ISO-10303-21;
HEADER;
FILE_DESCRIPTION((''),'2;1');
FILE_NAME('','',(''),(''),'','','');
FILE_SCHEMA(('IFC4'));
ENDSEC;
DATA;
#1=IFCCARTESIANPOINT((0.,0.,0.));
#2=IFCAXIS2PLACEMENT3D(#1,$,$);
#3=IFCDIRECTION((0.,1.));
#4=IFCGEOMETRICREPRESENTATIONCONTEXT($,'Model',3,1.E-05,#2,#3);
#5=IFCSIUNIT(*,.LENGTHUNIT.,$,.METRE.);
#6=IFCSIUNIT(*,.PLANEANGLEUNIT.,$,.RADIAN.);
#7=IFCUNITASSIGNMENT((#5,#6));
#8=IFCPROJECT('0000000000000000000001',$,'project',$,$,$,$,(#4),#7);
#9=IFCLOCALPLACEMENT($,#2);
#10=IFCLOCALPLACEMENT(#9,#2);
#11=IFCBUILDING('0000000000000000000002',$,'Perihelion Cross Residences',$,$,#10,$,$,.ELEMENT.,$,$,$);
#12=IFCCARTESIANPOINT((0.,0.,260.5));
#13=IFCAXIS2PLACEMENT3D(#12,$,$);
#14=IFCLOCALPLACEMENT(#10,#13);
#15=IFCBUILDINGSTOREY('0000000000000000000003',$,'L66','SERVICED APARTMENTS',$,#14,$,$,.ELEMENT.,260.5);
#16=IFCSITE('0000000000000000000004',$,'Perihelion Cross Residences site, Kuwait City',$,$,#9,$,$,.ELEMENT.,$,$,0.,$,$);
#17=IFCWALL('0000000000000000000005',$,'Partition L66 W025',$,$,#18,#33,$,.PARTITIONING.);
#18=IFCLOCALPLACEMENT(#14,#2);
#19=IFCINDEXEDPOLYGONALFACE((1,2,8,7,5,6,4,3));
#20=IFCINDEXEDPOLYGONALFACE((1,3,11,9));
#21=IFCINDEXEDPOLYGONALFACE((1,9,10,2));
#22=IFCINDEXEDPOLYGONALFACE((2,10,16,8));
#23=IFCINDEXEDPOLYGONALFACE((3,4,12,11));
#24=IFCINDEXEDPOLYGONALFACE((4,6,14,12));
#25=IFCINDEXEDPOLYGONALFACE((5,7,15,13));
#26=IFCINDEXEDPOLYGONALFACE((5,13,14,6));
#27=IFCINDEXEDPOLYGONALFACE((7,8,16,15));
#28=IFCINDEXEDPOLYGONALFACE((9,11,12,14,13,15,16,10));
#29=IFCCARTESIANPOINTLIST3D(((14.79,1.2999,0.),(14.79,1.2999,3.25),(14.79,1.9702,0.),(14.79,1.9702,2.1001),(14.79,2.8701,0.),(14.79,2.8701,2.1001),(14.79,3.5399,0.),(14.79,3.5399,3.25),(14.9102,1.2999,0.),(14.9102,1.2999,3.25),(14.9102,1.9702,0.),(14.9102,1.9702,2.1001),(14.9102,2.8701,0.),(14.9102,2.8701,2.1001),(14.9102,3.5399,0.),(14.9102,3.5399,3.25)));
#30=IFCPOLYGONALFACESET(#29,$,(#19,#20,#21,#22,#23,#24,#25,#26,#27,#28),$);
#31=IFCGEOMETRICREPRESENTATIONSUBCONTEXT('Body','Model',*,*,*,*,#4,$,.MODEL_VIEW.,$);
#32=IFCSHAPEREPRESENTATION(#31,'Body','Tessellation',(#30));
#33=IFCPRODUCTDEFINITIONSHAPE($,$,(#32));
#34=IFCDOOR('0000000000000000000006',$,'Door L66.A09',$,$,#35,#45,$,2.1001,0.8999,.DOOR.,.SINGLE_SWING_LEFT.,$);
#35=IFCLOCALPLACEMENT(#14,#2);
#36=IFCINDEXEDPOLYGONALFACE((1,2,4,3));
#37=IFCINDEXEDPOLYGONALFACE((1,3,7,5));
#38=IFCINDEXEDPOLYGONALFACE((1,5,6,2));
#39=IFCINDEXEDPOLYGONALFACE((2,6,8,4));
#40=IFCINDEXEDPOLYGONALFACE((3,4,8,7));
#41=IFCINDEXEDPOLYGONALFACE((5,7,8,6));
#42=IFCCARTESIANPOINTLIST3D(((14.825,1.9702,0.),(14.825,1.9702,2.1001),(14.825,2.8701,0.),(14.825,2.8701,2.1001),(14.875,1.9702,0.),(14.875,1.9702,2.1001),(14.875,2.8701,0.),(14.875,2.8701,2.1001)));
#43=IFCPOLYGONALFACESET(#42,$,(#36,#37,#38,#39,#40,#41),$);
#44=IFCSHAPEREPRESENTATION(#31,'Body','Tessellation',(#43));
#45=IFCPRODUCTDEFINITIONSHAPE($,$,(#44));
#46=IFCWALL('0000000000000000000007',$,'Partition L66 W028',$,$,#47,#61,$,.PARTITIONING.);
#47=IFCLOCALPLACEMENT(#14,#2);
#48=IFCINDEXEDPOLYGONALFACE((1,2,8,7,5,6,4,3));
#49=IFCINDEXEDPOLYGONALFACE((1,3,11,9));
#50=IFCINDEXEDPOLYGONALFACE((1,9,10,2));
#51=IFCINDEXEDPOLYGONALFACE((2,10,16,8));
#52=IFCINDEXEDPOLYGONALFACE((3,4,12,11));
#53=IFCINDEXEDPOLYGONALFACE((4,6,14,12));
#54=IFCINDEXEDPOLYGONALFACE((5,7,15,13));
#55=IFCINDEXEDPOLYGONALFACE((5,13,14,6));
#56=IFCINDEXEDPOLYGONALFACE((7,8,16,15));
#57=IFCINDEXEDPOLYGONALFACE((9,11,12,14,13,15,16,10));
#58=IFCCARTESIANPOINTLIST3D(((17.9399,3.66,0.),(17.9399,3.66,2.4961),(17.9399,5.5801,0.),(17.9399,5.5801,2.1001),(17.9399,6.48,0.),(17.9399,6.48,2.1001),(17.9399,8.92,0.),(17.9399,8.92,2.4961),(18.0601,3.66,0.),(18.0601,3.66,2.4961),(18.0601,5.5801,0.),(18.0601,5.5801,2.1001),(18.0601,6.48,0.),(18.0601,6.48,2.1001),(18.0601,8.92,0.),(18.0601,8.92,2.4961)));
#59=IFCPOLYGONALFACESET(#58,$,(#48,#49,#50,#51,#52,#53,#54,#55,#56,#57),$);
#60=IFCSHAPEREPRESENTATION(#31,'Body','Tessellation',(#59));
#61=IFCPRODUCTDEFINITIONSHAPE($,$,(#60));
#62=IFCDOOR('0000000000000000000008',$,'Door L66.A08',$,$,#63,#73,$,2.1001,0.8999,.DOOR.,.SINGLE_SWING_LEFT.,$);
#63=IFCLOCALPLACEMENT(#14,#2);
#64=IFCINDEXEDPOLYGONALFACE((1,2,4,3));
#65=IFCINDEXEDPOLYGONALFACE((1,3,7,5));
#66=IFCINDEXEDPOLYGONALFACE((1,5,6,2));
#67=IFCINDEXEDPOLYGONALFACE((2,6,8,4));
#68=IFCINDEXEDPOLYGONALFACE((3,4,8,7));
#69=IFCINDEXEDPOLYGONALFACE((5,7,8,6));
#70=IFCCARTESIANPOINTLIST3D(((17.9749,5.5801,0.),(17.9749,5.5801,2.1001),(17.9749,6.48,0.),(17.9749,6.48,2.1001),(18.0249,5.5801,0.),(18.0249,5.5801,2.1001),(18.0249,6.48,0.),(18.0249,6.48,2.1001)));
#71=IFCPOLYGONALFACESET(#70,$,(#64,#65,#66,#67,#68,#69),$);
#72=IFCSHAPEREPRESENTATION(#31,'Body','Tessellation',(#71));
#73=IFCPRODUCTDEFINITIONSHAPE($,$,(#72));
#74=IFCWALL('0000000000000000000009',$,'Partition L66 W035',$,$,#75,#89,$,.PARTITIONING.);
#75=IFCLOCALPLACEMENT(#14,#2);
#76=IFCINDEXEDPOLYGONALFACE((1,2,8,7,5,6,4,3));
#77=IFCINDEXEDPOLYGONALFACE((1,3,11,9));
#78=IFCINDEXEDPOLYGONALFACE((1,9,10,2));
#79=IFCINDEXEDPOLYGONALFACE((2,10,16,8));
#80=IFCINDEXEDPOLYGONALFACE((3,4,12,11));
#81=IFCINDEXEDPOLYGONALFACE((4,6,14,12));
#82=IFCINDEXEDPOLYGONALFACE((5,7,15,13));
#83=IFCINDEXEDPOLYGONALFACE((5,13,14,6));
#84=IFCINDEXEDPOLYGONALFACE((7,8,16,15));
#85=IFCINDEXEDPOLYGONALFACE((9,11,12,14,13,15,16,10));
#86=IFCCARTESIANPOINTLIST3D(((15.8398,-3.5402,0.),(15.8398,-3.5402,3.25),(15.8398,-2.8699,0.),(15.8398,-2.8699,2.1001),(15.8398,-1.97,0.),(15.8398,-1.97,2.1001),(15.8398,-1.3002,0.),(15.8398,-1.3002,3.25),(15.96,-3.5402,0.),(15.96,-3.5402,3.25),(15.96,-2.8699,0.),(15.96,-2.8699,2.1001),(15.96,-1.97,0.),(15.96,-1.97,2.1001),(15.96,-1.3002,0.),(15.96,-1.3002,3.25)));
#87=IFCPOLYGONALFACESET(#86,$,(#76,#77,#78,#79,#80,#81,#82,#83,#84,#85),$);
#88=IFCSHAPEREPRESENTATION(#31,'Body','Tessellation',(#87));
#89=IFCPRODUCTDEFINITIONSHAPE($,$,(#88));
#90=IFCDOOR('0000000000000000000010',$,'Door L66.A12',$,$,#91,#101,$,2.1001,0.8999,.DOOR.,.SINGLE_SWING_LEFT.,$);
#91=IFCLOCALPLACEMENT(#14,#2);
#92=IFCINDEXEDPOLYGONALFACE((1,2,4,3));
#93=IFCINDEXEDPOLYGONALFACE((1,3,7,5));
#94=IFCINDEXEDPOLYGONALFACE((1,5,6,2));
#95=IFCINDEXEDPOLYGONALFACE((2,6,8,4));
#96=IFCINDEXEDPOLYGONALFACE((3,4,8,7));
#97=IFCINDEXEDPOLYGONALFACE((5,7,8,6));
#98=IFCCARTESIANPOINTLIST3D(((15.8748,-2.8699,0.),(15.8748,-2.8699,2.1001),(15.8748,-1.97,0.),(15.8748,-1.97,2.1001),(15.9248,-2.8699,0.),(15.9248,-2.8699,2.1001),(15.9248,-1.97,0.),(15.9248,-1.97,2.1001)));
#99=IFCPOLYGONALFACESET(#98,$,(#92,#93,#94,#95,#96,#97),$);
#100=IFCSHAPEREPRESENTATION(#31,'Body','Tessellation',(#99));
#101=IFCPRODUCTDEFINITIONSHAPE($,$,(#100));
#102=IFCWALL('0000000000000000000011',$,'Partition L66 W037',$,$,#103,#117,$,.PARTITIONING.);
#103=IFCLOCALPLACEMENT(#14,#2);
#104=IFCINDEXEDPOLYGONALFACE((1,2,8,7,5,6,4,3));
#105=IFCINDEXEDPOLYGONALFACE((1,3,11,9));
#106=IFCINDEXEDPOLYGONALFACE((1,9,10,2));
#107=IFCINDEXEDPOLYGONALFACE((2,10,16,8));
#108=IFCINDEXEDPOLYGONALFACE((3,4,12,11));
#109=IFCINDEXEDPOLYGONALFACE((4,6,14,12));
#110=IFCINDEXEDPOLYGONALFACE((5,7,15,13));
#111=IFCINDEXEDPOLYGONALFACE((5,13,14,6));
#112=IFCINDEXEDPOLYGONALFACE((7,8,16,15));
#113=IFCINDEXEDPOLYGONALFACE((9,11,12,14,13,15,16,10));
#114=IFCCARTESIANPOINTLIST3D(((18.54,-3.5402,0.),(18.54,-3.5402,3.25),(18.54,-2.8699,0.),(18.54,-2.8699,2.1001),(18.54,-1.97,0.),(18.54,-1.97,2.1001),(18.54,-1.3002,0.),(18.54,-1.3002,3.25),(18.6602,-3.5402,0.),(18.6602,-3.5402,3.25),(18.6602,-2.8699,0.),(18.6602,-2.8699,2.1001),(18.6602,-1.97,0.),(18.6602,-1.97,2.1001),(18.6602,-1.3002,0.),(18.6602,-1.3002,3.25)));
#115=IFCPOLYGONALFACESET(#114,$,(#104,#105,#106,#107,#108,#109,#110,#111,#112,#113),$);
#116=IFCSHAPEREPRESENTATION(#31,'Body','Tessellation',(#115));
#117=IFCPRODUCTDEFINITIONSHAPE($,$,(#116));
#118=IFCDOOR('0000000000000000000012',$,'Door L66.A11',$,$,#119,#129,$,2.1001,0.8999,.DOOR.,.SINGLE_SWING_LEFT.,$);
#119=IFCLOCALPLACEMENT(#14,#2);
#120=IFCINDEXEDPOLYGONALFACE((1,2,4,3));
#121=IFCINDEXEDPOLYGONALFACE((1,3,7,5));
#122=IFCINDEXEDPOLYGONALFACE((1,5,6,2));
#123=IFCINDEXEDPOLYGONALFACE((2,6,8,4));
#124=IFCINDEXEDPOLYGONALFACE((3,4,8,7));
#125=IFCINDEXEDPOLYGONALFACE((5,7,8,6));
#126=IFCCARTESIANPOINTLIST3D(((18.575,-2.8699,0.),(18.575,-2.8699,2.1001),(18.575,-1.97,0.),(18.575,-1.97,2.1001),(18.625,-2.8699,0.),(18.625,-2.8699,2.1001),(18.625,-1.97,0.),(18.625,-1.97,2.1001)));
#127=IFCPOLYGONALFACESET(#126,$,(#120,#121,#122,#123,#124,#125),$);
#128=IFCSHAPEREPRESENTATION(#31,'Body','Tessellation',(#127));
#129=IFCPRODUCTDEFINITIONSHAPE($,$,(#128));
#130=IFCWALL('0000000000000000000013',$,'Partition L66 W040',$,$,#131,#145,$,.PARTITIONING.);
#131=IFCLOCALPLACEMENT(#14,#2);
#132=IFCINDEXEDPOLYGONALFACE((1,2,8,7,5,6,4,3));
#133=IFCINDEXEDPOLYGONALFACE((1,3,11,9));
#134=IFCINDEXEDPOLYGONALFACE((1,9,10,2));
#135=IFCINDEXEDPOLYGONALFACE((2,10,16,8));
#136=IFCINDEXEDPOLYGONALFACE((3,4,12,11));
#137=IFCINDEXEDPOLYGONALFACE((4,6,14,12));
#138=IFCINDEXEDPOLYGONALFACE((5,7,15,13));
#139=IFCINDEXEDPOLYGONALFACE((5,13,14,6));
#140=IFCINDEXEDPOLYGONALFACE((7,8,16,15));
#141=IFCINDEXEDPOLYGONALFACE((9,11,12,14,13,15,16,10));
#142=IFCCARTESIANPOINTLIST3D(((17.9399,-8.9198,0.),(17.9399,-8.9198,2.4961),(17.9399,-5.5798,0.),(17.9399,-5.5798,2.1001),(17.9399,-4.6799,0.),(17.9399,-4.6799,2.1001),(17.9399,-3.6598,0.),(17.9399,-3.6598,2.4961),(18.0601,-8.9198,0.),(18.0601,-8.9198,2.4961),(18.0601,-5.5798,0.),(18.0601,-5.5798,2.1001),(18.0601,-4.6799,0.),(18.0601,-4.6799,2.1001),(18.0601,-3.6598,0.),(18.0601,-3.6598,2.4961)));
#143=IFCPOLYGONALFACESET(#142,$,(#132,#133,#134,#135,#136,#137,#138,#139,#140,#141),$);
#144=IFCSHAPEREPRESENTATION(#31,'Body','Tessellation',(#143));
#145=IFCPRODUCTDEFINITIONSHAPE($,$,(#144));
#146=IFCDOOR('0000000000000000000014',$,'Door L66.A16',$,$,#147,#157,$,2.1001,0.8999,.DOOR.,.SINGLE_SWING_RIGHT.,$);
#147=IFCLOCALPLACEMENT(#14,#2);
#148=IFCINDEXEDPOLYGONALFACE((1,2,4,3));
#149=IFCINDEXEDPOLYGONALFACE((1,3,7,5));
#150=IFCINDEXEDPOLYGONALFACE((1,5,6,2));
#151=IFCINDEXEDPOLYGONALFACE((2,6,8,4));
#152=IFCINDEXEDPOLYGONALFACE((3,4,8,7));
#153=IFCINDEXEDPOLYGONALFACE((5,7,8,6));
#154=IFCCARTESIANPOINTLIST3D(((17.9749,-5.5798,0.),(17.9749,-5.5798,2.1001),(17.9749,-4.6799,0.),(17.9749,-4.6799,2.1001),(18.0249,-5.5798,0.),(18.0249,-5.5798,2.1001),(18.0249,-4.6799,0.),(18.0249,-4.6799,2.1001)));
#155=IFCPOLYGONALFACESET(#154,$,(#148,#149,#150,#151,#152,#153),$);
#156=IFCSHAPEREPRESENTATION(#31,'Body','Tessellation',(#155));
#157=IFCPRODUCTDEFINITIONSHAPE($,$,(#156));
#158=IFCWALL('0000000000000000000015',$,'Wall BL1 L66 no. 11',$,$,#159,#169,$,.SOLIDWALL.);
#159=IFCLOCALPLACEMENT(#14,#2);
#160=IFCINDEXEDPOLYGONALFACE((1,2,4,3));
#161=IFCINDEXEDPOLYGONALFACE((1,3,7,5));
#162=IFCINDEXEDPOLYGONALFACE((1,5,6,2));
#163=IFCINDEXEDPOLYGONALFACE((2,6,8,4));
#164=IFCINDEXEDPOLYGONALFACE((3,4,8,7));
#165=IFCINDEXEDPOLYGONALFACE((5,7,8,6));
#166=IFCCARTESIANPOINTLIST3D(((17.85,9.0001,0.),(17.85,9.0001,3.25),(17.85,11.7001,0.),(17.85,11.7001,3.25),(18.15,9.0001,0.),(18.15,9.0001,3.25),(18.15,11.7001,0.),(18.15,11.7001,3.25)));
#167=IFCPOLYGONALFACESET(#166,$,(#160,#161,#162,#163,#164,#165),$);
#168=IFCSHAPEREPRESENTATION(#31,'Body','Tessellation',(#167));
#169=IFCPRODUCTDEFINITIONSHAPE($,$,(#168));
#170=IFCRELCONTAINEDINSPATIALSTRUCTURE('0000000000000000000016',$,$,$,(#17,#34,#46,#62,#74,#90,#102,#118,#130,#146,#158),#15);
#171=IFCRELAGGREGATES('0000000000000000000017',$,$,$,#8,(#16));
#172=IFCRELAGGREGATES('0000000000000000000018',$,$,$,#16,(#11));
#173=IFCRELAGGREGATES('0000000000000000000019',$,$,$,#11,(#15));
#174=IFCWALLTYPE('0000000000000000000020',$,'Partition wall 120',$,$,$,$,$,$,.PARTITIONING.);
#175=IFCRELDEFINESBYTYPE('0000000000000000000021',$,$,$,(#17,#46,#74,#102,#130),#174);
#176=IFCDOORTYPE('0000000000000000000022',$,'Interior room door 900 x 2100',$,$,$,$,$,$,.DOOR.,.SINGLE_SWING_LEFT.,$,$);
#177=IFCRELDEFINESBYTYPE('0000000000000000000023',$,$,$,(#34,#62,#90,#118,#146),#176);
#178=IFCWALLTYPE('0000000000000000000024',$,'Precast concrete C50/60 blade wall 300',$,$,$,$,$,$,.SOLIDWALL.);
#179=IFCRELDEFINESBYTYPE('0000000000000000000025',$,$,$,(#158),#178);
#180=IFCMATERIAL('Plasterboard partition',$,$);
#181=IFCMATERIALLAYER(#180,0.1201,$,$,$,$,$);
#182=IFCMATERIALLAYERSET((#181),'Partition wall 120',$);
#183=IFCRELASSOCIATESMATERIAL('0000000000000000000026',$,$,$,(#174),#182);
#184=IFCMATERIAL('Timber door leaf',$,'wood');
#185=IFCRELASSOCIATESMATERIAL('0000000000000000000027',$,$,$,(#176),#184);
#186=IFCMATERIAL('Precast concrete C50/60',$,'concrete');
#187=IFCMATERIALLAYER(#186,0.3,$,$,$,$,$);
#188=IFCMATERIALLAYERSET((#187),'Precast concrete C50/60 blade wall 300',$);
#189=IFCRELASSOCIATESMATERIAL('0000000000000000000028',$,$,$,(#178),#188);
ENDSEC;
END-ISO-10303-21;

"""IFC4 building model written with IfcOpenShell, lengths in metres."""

from ifc_helpers import new_model, si_unit, direction, frame, frame_2d, origin, place, context, subcontext, project, spatial, rectangle, extrude, material, layer, layer_set, type_object, element, fill, save


model = new_model("IFC4")

# Units and contexts
model_context = context("Model", 3, precision=1e-05, world=origin(), true_north=direction((0.0, 1.0)))
body_context = subcontext(model_context, "Body", "Model", "MODEL_VIEW")
ifc_project = project(units=[si_unit("LENGTHUNIT", "METRE"), si_unit("PLANEANGLEUNIT", "RADIAN")], contexts=[model_context])

# Site, building, storey
site_placement = place(None, origin())
site = spatial("IfcSite", under=ifc_project, at=site_placement, Name="Perihelion Cross Residences site, Kuwait City", CompositionType="ELEMENT", RefElevation=0.0)
building_placement = place(site_placement, origin())
building = spatial("IfcBuilding", under=site, at=building_placement, Name="Perihelion Cross Residences", CompositionType="ELEMENT")
storey_placement = place(building_placement, frame((0.0, 0.0, 260.5)))
storey = spatial("IfcBuildingStorey", under=building, at=storey_placement, Name="L66", Description="SERVICED APARTMENTS", CompositionType="ELEMENT", Elevation=260.5)

# Walls, openings, doors
ifc_material_1 = material(Name="Plasterboard partition")
ifc_layer_1 = layer(ifc_material_1, 0.1201)
ifc_layer_set_1 = layer_set([ifc_layer_1], Name="Partition wall 120")
wall_type_1 = type_object("IfcWallType", Name="Partition wall 120", PredefinedType="PARTITIONING", material=ifc_layer_set_1)
wall_1_placement = place(storey_placement, frame((14.8501, 3.54, 0.0), z_axis=(0.0, 0.0, 1.0), x_axis=(0.0, -1.0, 0.0)))
wall_1 = element("IfcWall", 1, at=wall_1_placement, inside=storey, type_object=wall_type_1, Name="Partition L66 W025", PredefinedType="PARTITIONING", context=body_context, shape_type="SweptSolid", body=[
    extrude(rectangle(XDim=2.24, YDim=0.1201, at=frame_2d((1.1201, 0.0))), origin(), (0.0, 0.0, 1.0), 3.25),
])
opening_1_placement = place(wall_1_placement, frame((0.6699, 0.0, 0.0)))
opening_1 = element("IfcOpeningElement", 2, at=opening_1_placement, cuts=wall_1, PredefinedType="OPENING", context=body_context, shape_type="SweptSolid", body=[
    extrude(rectangle(XDim=0.8999, YDim=2.1001, at=frame_2d((0.45, 1.05))), frame((0.0, 0.0701, 0.0), z_axis=(0.0, -1.0, 0.0), x_axis=(1.0, 0.0, 0.0)), (0.0, 0.0, 1.0), 0.1401),
])
ifc_material_2 = material(Name="Timber door leaf", Category="wood")
door_type_1 = type_object("IfcDoorType", Name="Interior room door 900 x 2100", OperationType="SINGLE_SWING_LEFT", PredefinedType="DOOR", material=ifc_material_2)
door_1_placement = place(opening_1_placement, origin())
door_1 = element("IfcDoor", 3, at=door_1_placement, inside=storey, type_object=door_type_1, Name="Door L66.A09", OperationType="SINGLE_SWING_LEFT", OverallHeight=2.1001, OverallWidth=0.8999, PredefinedType="DOOR", context=body_context, shape_type="SweptSolid", body=[
    extrude(rectangle(XDim=0.8999, YDim=2.1001, at=frame_2d((0.45, 1.05))), frame((0.0, 0.0249, 0.0), z_axis=(0.0, -1.0, 0.0), x_axis=(1.0, 0.0, 0.0)), (0.0, 0.0, 1.0), 0.05),
])
fill(opening_1, door_1)
wall_2_placement = place(storey_placement, frame((18.0, 8.9199, 0.0), z_axis=(0.0, 0.0, 1.0), x_axis=(0.0, -1.0, 0.0)))
wall_2 = element("IfcWall", 4, at=wall_2_placement, inside=storey, type_object=wall_type_1, Name="Partition L66 W028", PredefinedType="PARTITIONING", context=body_context, shape_type="SweptSolid", body=[
    extrude(rectangle(XDim=5.26, YDim=0.1201, at=frame_2d((2.6299, 0.0))), origin(), (0.0, 0.0, 1.0), 2.4961),
])
opening_2_placement = place(wall_2_placement, frame((2.4399, 0.0, 0.0)))
opening_2 = element("IfcOpeningElement", 5, at=opening_2_placement, cuts=wall_2, PredefinedType="OPENING", context=body_context, shape_type="SweptSolid", body=[
    extrude(rectangle(XDim=0.8999, YDim=2.1001, at=frame_2d((0.45, 1.05))), frame((0.0, 0.0701, 0.0), z_axis=(0.0, -1.0, 0.0), x_axis=(1.0, 0.0, 0.0)), (0.0, 0.0, 1.0), 0.1401),
])
door_2_placement = place(opening_2_placement, origin())
door_2 = element("IfcDoor", 6, at=door_2_placement, inside=storey, type_object=door_type_1, Name="Door L66.A08", OperationType="SINGLE_SWING_LEFT", OverallHeight=2.1001, OverallWidth=0.8999, PredefinedType="DOOR", context=body_context, shape_type="SweptSolid", body=[
    extrude(rectangle(XDim=0.8999, YDim=2.1001, at=frame_2d((0.45, 1.05))), frame((0.0, 0.0249, 0.0), z_axis=(0.0, -1.0, 0.0), x_axis=(1.0, 0.0, 0.0)), (0.0, 0.0, 1.0), 0.05),
])
fill(opening_2, door_2)
wall_3_placement = place(storey_placement, frame((15.8999, -1.3, 0.0), z_axis=(0.0, 0.0, 1.0), x_axis=(0.0, -1.0, 0.0)))
wall_3 = element("IfcWall", 7, at=wall_3_placement, inside=storey, type_object=wall_type_1, Name="Partition L66 W035", PredefinedType="PARTITIONING", context=body_context, shape_type="SweptSolid", body=[
    extrude(rectangle(XDim=2.24, YDim=0.1201, at=frame_2d((1.1201, 0.0))), origin(), (0.0, 0.0, 1.0), 3.25),
])
opening_3_placement = place(wall_3_placement, frame((0.6699, 0.0, 0.0)))
opening_3 = element("IfcOpeningElement", 8, at=opening_3_placement, cuts=wall_3, PredefinedType="OPENING", context=body_context, shape_type="SweptSolid", body=[
    extrude(rectangle(XDim=0.8999, YDim=2.1001, at=frame_2d((0.45, 1.05))), frame((0.0, 0.0701, 0.0), z_axis=(0.0, -1.0, 0.0), x_axis=(1.0, 0.0, 0.0)), (0.0, 0.0, 1.0), 0.1401),
])
door_3_placement = place(opening_3_placement, origin())
door_3 = element("IfcDoor", 9, at=door_3_placement, inside=storey, type_object=door_type_1, Name="Door L66.A12", OperationType="SINGLE_SWING_LEFT", OverallHeight=2.1001, OverallWidth=0.8999, PredefinedType="DOOR", context=body_context, shape_type="SweptSolid", body=[
    extrude(rectangle(XDim=0.8999, YDim=2.1001, at=frame_2d((0.45, 1.05))), frame((0.0, 0.0249, 0.0), z_axis=(0.0, -1.0, 0.0), x_axis=(1.0, 0.0, 0.0)), (0.0, 0.0, 1.0), 0.05),
])
fill(opening_3, door_3)
wall_4_placement = place(storey_placement, frame((18.6001, -1.3, 0.0), z_axis=(0.0, 0.0, 1.0), x_axis=(0.0, -1.0, 0.0)))
wall_4 = element("IfcWall", 10, at=wall_4_placement, inside=storey, type_object=wall_type_1, Name="Partition L66 W037", PredefinedType="PARTITIONING", context=body_context, shape_type="SweptSolid", body=[
    extrude(rectangle(XDim=2.24, YDim=0.1201, at=frame_2d((1.1201, 0.0))), origin(), (0.0, 0.0, 1.0), 3.25),
])
opening_4_placement = place(wall_4_placement, frame((0.6699, 0.0, 0.0)))
opening_4 = element("IfcOpeningElement", 11, at=opening_4_placement, cuts=wall_4, PredefinedType="OPENING", context=body_context, shape_type="SweptSolid", body=[
    extrude(rectangle(XDim=0.8999, YDim=2.1001, at=frame_2d((0.45, 1.05))), frame((0.0, 0.0701, 0.0), z_axis=(0.0, -1.0, 0.0), x_axis=(1.0, 0.0, 0.0)), (0.0, 0.0, 1.0), 0.1401),
])
door_4_placement = place(opening_4_placement, origin())
door_4 = element("IfcDoor", 12, at=door_4_placement, inside=storey, type_object=door_type_1, Name="Door L66.A11", OperationType="SINGLE_SWING_LEFT", OverallHeight=2.1001, OverallWidth=0.8999, PredefinedType="DOOR", context=body_context, shape_type="SweptSolid", body=[
    extrude(rectangle(XDim=0.8999, YDim=2.1001, at=frame_2d((0.45, 1.05))), frame((0.0, 0.0249, 0.0), z_axis=(0.0, -1.0, 0.0), x_axis=(1.0, 0.0, 0.0)), (0.0, 0.0, 1.0), 0.05),
])
fill(opening_4, door_4)
wall_5_placement = place(storey_placement, frame((18.0, -3.6599, 0.0), z_axis=(0.0, 0.0, 1.0), x_axis=(0.0, -1.0, 0.0)))
wall_5 = element("IfcWall", 13, at=wall_5_placement, inside=storey, type_object=wall_type_1, Name="Partition L66 W040", PredefinedType="PARTITIONING", context=body_context, shape_type="SweptSolid", body=[
    extrude(rectangle(XDim=5.26, YDim=0.1201, at=frame_2d((2.6299, 0.0))), origin(), (0.0, 0.0, 1.0), 2.4961),
])
opening_5_placement = place(wall_5_placement, frame((1.02, 0.0, 0.0)))
opening_5 = element("IfcOpeningElement", 14, at=opening_5_placement, cuts=wall_5, PredefinedType="OPENING", context=body_context, shape_type="SweptSolid", body=[
    extrude(rectangle(XDim=0.8999, YDim=2.1001, at=frame_2d((0.45, 1.05))), frame((0.0, 0.0701, 0.0), z_axis=(0.0, -1.0, 0.0), x_axis=(1.0, 0.0, 0.0)), (0.0, 0.0, 1.0), 0.1401),
])
door_5_placement = place(opening_5_placement, origin())
door_5 = element("IfcDoor", 15, at=door_5_placement, inside=storey, type_object=door_type_1, Name="Door L66.A16", OperationType="SINGLE_SWING_RIGHT", OverallHeight=2.1001, OverallWidth=0.8999, PredefinedType="DOOR", context=body_context, shape_type="SweptSolid", body=[
    extrude(rectangle(XDim=0.8999, YDim=2.1001, at=frame_2d((0.45, 1.05))), frame((0.0, 0.0249, 0.0), z_axis=(0.0, -1.0, 0.0), x_axis=(1.0, 0.0, 0.0)), (0.0, 0.0, 1.0), 0.05),
])
fill(opening_5, door_5)

# Wall
ifc_material_3 = material(Name="Precast concrete C50/60", Category="concrete")
ifc_layer_2 = layer(ifc_material_3, 0.3)
ifc_layer_set_2 = layer_set([ifc_layer_2], Name="Precast concrete C50/60 blade wall 300")
wall_type_2 = type_object("IfcWallType", Name="Precast concrete C50/60 blade wall 300", PredefinedType="SOLIDWALL", material=ifc_layer_set_2)
wall_6_placement = place(storey_placement, frame((18.0, 9.0, 0.0), z_axis=(0.0, 0.0, 1.0), x_axis=(0.0, 1.0, 0.0)))
element("IfcWall", 16, at=wall_6_placement, inside=storey, type_object=wall_type_2, Name="Wall BL1 L66 no. 11", PredefinedType="SOLIDWALL", context=body_context, shape_type="SweptSolid", body=[
    extrude(rectangle(XDim=2.7, YDim=0.3, at=frame_2d((1.3501, 0.0))), origin(), (0.0, 0.0, 1.0), 3.25),
])

save(model, "model.ifc")
